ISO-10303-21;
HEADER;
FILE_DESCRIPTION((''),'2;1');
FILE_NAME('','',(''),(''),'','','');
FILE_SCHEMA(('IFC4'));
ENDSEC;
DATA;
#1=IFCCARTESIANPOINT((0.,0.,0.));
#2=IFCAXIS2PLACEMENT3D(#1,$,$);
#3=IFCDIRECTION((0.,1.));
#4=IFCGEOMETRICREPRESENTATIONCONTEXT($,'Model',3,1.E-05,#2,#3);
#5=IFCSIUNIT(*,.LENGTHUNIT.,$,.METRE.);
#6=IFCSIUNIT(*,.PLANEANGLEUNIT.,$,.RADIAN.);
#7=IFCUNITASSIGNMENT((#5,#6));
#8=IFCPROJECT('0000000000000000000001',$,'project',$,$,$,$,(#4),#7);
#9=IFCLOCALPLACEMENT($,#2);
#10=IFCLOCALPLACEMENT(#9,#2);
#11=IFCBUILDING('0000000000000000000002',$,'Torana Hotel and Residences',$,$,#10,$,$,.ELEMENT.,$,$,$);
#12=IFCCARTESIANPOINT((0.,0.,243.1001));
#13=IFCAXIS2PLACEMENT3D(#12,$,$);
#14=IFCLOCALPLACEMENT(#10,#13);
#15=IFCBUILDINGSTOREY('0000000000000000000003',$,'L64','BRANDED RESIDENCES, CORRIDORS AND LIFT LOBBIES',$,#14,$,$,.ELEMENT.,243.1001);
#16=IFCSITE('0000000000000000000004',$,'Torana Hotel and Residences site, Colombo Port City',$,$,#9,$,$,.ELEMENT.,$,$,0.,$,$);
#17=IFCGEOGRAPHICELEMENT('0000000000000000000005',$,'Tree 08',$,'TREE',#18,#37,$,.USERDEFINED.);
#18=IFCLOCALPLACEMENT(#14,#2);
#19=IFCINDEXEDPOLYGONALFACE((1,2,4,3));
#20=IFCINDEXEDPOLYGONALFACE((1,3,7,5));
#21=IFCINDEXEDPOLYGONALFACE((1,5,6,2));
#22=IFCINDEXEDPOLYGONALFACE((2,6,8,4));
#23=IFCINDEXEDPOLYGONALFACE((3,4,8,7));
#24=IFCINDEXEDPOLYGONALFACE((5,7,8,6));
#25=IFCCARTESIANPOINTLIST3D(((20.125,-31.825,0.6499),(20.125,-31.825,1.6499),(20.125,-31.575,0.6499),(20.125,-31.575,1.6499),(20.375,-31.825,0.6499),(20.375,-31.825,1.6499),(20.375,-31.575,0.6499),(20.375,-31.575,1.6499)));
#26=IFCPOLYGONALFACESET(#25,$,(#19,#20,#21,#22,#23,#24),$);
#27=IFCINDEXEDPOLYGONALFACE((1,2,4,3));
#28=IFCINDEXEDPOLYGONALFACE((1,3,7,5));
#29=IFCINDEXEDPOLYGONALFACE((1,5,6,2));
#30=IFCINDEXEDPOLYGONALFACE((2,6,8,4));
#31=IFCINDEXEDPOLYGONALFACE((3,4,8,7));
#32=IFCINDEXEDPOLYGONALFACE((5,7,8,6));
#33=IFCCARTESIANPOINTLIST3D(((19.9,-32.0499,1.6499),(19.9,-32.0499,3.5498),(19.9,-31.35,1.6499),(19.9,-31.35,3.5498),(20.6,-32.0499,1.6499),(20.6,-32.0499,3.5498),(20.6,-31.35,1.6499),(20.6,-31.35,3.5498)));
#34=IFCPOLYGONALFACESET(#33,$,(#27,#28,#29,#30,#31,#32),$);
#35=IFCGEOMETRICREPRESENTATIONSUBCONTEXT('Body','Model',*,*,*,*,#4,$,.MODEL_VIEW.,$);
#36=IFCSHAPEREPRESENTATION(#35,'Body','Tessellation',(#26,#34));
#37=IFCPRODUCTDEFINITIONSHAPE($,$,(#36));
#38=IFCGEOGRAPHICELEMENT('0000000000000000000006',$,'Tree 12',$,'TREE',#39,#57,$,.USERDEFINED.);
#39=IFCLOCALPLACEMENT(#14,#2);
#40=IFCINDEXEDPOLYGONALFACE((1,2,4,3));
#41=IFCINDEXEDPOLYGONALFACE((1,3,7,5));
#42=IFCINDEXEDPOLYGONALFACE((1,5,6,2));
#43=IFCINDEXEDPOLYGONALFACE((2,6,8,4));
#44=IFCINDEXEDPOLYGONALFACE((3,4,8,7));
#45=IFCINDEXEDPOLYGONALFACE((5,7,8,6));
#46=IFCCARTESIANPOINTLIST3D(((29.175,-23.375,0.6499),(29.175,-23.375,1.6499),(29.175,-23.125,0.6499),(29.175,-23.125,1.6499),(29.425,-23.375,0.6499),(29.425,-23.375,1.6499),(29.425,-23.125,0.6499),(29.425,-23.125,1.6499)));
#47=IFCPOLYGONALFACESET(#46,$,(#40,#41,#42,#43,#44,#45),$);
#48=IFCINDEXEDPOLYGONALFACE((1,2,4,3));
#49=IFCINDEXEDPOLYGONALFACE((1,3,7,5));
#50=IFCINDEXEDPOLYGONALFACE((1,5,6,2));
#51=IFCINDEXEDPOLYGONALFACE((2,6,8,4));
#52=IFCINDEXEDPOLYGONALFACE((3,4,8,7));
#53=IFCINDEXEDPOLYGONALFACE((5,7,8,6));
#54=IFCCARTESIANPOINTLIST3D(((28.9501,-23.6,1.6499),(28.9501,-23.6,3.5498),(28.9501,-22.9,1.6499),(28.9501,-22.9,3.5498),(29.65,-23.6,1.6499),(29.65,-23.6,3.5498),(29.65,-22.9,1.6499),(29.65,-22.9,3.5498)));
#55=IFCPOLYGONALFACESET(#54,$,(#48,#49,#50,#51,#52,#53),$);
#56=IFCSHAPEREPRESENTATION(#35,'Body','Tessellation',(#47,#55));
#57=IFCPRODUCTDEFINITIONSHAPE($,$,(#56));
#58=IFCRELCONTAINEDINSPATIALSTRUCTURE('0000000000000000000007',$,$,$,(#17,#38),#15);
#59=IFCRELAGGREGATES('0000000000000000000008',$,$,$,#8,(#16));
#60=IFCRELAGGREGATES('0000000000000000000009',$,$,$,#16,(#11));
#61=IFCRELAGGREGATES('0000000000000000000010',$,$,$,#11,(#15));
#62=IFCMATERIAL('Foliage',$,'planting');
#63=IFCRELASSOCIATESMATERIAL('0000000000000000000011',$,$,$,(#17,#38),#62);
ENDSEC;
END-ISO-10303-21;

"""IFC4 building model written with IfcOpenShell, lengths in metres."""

from ifc_helpers import new_model, si_unit, direction, frame, origin, origin_2d, place, context, subcontext, project, spatial, rectangle, extrude, material, element, save


model = new_model("IFC4")

# Units and contexts
model_context = context("Model", 3, precision=1e-05, world=origin(), true_north=direction((0.0, 1.0)))
body_context = subcontext(model_context, "Body", "Model", "MODEL_VIEW")
ifc_project = project(units=[si_unit("LENGTHUNIT", "METRE"), si_unit("PLANEANGLEUNIT", "RADIAN")], contexts=[model_context])

# Site, building, storey
site_placement = place(None, origin())
site = spatial("IfcSite", under=ifc_project, at=site_placement, Name="Torana Hotel and Residences site, Colombo Port City", CompositionType="ELEMENT", RefElevation=0.0)
building_placement = place(site_placement, origin())
building = spatial("IfcBuilding", under=site, at=building_placement, Name="Torana Hotel and Residences", CompositionType="ELEMENT")
storey_placement = place(building_placement, frame((0.0, 0.0, 243.1001)))
storey = spatial("IfcBuildingStorey", under=building, at=storey_placement, Name="L64", Description="BRANDED RESIDENCES, CORRIDORS AND LIFT LOBBIES", CompositionType="ELEMENT", Elevation=243.1001)

# Geographic elements
ifc_material_1 = material(Name="Foliage", Category="planting")
for number, where, z_axis, x_axis, name in (
    (1, (20.25, -31.7, 0.6499), (0.0, 0.0, 1.0), (1.0, 0.0, 0.0), "Tree 08"),
    (2, (29.3, -23.25, 0.6499), (0.0, 0.0, 1.0), (1.0, 0.0, 0.0), "Tree 12"),
):
    element("IfcGeographicElement", number, at=place(storey_placement, frame(where, z_axis=z_axis, x_axis=x_axis)), inside=storey, material=ifc_material_1, Name=name, ObjectType="TREE", PredefinedType="USERDEFINED", context=body_context, shape_type="SweptSolid", body=[
        extrude(rectangle(XDim=0.25, YDim=0.25, at=origin_2d()), origin(), (0.0, 0.0, 1.0), 1.0),
        extrude(rectangle(XDim=0.7, YDim=0.7, at=origin_2d()), frame((0.0, 0.0, 1.0)), (0.0, 0.0, 1.0), 1.8999),
    ])

save(model, "model.ifc")
